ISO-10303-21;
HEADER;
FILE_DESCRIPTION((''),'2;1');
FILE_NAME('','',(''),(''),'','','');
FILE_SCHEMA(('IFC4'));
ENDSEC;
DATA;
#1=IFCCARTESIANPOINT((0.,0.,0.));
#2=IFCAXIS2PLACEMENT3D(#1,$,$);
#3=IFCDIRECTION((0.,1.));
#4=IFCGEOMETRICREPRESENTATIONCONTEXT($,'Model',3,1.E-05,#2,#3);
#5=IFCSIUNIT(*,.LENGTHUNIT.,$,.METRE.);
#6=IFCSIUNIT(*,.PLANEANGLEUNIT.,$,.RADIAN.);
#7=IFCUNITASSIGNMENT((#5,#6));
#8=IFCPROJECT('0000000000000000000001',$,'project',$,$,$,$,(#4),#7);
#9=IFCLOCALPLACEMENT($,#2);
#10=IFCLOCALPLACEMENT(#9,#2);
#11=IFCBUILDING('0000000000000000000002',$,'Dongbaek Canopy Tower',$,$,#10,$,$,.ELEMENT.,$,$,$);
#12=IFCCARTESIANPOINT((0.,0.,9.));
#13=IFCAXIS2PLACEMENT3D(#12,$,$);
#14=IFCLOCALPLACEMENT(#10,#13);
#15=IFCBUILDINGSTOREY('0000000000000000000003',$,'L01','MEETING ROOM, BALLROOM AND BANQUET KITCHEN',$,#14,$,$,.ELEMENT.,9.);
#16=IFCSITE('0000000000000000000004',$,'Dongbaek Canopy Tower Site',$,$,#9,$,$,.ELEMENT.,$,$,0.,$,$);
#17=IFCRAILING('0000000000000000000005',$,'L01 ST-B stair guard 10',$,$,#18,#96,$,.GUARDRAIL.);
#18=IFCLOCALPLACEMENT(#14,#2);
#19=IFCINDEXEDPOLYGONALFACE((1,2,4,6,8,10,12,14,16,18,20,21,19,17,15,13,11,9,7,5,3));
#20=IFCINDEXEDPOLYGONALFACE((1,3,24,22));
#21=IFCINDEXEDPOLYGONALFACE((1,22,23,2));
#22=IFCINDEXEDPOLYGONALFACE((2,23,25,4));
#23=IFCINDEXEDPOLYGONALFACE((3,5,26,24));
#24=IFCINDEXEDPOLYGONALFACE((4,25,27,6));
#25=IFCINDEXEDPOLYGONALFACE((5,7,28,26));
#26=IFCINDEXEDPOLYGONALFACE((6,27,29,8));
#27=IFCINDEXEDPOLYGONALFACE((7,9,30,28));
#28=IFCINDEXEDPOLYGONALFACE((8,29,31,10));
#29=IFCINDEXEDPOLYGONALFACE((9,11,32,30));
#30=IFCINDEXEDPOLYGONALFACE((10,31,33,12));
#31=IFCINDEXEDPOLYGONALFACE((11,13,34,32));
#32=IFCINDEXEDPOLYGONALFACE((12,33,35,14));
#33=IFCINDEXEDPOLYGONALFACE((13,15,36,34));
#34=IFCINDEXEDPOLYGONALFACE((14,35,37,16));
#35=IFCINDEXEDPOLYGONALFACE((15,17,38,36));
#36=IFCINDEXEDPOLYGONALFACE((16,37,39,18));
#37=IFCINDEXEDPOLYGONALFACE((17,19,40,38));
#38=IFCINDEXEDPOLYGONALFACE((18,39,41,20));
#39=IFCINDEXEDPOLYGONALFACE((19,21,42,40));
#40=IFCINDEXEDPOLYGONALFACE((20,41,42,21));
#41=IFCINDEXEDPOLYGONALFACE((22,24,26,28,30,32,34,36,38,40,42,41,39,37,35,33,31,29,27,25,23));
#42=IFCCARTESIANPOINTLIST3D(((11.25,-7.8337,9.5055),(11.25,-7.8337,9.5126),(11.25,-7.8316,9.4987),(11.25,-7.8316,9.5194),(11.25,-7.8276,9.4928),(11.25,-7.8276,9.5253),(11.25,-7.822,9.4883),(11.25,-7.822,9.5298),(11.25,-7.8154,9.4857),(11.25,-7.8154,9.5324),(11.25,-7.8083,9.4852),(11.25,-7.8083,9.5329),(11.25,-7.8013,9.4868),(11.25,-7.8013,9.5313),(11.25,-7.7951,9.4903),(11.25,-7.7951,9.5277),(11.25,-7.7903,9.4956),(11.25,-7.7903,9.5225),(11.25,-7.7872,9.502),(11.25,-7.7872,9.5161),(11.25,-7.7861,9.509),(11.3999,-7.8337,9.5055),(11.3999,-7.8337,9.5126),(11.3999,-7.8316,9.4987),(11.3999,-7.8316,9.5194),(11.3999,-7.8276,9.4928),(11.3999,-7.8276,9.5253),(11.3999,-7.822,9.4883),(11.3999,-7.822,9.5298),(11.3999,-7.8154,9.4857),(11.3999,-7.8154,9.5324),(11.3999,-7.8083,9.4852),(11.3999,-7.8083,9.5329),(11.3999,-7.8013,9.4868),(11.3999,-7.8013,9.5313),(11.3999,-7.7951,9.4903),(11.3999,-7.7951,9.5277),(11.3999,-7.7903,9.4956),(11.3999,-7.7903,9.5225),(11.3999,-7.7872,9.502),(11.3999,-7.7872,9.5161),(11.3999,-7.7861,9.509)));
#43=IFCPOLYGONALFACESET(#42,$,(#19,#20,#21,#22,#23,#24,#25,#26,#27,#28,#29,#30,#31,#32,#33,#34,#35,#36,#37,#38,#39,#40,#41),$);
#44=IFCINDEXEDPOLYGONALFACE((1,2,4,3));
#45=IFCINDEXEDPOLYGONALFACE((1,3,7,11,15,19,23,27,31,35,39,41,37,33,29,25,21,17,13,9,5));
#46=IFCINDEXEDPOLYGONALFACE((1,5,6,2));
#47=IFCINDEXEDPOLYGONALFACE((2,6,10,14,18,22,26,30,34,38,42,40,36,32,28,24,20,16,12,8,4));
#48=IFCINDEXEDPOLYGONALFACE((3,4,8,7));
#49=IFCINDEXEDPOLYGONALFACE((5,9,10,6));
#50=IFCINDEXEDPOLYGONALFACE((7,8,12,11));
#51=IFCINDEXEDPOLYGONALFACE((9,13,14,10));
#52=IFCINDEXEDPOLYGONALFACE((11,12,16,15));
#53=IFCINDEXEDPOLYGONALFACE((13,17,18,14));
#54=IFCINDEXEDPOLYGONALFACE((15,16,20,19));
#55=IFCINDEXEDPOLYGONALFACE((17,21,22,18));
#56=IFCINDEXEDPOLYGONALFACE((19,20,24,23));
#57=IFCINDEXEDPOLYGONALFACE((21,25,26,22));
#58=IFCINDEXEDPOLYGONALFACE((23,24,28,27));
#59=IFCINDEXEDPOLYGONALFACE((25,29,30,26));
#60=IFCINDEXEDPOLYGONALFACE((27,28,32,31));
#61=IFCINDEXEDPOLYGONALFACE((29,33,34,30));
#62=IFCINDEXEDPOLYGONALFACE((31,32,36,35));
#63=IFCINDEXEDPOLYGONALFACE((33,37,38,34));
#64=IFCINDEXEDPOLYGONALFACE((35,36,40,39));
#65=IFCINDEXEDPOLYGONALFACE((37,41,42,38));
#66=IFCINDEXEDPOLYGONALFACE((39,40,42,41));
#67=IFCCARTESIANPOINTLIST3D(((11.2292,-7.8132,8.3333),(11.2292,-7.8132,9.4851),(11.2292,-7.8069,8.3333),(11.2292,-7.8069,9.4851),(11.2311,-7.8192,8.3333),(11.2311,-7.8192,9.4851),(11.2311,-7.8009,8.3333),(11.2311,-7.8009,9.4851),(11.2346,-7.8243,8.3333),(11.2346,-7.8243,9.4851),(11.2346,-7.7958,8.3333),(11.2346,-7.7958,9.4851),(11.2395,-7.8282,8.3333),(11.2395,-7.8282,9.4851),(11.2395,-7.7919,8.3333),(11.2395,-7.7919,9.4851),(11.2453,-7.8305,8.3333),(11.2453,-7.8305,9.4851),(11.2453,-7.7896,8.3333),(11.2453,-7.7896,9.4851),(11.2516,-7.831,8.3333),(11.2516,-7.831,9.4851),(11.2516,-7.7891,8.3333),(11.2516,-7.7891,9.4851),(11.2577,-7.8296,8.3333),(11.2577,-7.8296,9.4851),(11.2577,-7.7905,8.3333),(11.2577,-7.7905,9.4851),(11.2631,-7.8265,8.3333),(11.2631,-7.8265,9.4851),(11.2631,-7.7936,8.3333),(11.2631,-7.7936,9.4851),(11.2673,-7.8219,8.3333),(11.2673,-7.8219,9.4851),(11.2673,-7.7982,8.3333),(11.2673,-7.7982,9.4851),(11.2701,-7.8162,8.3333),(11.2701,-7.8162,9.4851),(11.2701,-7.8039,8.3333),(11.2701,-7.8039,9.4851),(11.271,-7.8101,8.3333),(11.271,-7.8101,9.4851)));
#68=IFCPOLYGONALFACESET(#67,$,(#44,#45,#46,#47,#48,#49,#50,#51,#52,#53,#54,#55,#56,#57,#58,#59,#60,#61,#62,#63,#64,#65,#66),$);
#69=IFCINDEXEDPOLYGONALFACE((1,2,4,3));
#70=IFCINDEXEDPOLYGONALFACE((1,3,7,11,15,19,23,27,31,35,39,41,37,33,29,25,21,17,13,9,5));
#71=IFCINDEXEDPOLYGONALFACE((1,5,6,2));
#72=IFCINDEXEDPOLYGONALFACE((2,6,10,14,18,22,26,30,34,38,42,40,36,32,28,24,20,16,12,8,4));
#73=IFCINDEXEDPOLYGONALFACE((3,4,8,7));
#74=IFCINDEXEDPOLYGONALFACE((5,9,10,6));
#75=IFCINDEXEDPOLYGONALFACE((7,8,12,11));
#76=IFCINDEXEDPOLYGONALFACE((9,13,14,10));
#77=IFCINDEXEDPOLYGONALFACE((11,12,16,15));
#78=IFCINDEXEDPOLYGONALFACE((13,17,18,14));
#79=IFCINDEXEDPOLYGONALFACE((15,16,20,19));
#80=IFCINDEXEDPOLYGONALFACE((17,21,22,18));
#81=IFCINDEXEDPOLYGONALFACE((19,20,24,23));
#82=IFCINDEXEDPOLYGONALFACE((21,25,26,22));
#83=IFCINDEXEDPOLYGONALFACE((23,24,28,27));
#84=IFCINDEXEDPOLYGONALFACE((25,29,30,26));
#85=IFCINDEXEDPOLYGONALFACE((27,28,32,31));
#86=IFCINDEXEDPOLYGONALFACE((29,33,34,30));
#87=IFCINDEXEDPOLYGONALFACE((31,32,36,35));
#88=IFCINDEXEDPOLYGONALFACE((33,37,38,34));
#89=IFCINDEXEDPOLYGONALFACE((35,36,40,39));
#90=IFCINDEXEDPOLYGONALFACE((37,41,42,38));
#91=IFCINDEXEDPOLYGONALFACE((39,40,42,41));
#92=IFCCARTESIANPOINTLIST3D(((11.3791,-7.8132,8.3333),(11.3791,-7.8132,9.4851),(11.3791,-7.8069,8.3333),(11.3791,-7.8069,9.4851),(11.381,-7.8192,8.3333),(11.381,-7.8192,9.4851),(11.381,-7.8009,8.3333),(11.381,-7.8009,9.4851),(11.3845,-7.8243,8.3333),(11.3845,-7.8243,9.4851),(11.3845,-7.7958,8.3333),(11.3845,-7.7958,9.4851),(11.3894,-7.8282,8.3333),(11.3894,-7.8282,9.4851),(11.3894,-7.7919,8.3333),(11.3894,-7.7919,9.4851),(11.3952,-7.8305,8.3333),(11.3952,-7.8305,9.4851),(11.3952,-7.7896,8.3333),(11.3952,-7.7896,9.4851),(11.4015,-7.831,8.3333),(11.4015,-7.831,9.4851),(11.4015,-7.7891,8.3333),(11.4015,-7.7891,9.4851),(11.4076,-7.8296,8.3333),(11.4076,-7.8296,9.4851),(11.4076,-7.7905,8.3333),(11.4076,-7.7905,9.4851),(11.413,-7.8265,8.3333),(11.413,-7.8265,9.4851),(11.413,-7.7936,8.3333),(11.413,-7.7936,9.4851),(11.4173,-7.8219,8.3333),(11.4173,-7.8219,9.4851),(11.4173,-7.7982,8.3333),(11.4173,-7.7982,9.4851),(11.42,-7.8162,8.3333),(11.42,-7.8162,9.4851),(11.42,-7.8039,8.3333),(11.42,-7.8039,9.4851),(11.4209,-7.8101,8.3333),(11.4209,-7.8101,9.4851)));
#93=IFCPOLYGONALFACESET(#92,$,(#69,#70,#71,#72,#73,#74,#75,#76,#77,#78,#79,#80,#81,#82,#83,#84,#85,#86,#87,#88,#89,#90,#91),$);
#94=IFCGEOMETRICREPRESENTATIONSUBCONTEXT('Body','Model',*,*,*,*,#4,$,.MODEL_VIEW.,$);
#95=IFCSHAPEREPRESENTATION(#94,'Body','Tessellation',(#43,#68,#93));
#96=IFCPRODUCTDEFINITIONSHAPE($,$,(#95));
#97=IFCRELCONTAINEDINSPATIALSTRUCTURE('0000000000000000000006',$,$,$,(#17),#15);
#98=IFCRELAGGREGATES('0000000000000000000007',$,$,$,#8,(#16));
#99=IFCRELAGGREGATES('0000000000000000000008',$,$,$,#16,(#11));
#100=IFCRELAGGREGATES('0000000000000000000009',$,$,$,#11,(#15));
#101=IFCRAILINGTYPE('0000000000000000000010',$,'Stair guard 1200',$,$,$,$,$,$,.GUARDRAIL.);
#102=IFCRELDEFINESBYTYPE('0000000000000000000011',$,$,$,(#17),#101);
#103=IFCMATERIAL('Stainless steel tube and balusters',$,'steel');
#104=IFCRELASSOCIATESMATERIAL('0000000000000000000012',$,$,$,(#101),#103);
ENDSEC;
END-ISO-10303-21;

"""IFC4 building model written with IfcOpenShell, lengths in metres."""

from ifc_helpers import new_model, si_unit, direction, frame, origin, origin_2d, place, context, subcontext, project, spatial, circle, extrude, material, type_object, element, save


model = new_model("IFC4")

# Units and contexts
model_context = context("Model", 3, precision=1e-05, world=origin(), true_north=direction((0.0, 1.0)))
body_context = subcontext(model_context, "Body", "Model", "MODEL_VIEW")
ifc_project = project(units=[si_unit("LENGTHUNIT", "METRE"), si_unit("PLANEANGLEUNIT", "RADIAN")], contexts=[model_context])

# Site, building, storey
site_placement = place(None, origin())
site = spatial("IfcSite", under=ifc_project, at=site_placement, Name="Dongbaek Canopy Tower Site", CompositionType="ELEMENT", RefElevation=0.0)
building_placement = place(site_placement, origin())
building = spatial("IfcBuilding", under=site, at=building_placement, Name="Dongbaek Canopy Tower", CompositionType="ELEMENT")
storey_placement = place(building_placement, frame((0.0, 0.0, 9.0)))
storey = spatial("IfcBuildingStorey", under=building, at=storey_placement, Name="L01", Description="MEETING ROOM, BALLROOM AND BANQUET KITCHEN", CompositionType="ELEMENT", Elevation=9.0)

# Railing
ifc_material_1 = material(Name="Stainless steel tube and balusters", Category="steel")
railing_type_1 = type_object("IfcRailingType", Name="Stair guard 1200", PredefinedType="GUARDRAIL", material=ifc_material_1)
railing_1_placement = place(storey_placement, frame((11.25, -7.8101, 8.3333)))
element("IfcRailing", 1, at=railing_1_placement, inside=storey, type_object=railing_type_1, Name="L01 ST-B stair guard 10", PredefinedType="GUARDRAIL", context=body_context, shape_type="SweptSolid", body=[
    extrude(circle(Radius=0.0239, at=origin_2d()), frame((0.0, 0.0, 1.1758), z_axis=(1.0, 0.0, 0.0), x_axis=(0.0, 1.0, 0.0)), (0.0, 0.0, 1.0), 0.1499),
    extrude(circle(Radius=0.021, at=origin_2d()), origin(), (0.0, 0.0, 1.0), 1.1519),
    extrude(circle(Radius=0.021, at=origin_2d()), frame((0.1499, 0.0, 0.0)), (0.0, 0.0, 1.0), 1.1519),
])

save(model, "model.ifc")
